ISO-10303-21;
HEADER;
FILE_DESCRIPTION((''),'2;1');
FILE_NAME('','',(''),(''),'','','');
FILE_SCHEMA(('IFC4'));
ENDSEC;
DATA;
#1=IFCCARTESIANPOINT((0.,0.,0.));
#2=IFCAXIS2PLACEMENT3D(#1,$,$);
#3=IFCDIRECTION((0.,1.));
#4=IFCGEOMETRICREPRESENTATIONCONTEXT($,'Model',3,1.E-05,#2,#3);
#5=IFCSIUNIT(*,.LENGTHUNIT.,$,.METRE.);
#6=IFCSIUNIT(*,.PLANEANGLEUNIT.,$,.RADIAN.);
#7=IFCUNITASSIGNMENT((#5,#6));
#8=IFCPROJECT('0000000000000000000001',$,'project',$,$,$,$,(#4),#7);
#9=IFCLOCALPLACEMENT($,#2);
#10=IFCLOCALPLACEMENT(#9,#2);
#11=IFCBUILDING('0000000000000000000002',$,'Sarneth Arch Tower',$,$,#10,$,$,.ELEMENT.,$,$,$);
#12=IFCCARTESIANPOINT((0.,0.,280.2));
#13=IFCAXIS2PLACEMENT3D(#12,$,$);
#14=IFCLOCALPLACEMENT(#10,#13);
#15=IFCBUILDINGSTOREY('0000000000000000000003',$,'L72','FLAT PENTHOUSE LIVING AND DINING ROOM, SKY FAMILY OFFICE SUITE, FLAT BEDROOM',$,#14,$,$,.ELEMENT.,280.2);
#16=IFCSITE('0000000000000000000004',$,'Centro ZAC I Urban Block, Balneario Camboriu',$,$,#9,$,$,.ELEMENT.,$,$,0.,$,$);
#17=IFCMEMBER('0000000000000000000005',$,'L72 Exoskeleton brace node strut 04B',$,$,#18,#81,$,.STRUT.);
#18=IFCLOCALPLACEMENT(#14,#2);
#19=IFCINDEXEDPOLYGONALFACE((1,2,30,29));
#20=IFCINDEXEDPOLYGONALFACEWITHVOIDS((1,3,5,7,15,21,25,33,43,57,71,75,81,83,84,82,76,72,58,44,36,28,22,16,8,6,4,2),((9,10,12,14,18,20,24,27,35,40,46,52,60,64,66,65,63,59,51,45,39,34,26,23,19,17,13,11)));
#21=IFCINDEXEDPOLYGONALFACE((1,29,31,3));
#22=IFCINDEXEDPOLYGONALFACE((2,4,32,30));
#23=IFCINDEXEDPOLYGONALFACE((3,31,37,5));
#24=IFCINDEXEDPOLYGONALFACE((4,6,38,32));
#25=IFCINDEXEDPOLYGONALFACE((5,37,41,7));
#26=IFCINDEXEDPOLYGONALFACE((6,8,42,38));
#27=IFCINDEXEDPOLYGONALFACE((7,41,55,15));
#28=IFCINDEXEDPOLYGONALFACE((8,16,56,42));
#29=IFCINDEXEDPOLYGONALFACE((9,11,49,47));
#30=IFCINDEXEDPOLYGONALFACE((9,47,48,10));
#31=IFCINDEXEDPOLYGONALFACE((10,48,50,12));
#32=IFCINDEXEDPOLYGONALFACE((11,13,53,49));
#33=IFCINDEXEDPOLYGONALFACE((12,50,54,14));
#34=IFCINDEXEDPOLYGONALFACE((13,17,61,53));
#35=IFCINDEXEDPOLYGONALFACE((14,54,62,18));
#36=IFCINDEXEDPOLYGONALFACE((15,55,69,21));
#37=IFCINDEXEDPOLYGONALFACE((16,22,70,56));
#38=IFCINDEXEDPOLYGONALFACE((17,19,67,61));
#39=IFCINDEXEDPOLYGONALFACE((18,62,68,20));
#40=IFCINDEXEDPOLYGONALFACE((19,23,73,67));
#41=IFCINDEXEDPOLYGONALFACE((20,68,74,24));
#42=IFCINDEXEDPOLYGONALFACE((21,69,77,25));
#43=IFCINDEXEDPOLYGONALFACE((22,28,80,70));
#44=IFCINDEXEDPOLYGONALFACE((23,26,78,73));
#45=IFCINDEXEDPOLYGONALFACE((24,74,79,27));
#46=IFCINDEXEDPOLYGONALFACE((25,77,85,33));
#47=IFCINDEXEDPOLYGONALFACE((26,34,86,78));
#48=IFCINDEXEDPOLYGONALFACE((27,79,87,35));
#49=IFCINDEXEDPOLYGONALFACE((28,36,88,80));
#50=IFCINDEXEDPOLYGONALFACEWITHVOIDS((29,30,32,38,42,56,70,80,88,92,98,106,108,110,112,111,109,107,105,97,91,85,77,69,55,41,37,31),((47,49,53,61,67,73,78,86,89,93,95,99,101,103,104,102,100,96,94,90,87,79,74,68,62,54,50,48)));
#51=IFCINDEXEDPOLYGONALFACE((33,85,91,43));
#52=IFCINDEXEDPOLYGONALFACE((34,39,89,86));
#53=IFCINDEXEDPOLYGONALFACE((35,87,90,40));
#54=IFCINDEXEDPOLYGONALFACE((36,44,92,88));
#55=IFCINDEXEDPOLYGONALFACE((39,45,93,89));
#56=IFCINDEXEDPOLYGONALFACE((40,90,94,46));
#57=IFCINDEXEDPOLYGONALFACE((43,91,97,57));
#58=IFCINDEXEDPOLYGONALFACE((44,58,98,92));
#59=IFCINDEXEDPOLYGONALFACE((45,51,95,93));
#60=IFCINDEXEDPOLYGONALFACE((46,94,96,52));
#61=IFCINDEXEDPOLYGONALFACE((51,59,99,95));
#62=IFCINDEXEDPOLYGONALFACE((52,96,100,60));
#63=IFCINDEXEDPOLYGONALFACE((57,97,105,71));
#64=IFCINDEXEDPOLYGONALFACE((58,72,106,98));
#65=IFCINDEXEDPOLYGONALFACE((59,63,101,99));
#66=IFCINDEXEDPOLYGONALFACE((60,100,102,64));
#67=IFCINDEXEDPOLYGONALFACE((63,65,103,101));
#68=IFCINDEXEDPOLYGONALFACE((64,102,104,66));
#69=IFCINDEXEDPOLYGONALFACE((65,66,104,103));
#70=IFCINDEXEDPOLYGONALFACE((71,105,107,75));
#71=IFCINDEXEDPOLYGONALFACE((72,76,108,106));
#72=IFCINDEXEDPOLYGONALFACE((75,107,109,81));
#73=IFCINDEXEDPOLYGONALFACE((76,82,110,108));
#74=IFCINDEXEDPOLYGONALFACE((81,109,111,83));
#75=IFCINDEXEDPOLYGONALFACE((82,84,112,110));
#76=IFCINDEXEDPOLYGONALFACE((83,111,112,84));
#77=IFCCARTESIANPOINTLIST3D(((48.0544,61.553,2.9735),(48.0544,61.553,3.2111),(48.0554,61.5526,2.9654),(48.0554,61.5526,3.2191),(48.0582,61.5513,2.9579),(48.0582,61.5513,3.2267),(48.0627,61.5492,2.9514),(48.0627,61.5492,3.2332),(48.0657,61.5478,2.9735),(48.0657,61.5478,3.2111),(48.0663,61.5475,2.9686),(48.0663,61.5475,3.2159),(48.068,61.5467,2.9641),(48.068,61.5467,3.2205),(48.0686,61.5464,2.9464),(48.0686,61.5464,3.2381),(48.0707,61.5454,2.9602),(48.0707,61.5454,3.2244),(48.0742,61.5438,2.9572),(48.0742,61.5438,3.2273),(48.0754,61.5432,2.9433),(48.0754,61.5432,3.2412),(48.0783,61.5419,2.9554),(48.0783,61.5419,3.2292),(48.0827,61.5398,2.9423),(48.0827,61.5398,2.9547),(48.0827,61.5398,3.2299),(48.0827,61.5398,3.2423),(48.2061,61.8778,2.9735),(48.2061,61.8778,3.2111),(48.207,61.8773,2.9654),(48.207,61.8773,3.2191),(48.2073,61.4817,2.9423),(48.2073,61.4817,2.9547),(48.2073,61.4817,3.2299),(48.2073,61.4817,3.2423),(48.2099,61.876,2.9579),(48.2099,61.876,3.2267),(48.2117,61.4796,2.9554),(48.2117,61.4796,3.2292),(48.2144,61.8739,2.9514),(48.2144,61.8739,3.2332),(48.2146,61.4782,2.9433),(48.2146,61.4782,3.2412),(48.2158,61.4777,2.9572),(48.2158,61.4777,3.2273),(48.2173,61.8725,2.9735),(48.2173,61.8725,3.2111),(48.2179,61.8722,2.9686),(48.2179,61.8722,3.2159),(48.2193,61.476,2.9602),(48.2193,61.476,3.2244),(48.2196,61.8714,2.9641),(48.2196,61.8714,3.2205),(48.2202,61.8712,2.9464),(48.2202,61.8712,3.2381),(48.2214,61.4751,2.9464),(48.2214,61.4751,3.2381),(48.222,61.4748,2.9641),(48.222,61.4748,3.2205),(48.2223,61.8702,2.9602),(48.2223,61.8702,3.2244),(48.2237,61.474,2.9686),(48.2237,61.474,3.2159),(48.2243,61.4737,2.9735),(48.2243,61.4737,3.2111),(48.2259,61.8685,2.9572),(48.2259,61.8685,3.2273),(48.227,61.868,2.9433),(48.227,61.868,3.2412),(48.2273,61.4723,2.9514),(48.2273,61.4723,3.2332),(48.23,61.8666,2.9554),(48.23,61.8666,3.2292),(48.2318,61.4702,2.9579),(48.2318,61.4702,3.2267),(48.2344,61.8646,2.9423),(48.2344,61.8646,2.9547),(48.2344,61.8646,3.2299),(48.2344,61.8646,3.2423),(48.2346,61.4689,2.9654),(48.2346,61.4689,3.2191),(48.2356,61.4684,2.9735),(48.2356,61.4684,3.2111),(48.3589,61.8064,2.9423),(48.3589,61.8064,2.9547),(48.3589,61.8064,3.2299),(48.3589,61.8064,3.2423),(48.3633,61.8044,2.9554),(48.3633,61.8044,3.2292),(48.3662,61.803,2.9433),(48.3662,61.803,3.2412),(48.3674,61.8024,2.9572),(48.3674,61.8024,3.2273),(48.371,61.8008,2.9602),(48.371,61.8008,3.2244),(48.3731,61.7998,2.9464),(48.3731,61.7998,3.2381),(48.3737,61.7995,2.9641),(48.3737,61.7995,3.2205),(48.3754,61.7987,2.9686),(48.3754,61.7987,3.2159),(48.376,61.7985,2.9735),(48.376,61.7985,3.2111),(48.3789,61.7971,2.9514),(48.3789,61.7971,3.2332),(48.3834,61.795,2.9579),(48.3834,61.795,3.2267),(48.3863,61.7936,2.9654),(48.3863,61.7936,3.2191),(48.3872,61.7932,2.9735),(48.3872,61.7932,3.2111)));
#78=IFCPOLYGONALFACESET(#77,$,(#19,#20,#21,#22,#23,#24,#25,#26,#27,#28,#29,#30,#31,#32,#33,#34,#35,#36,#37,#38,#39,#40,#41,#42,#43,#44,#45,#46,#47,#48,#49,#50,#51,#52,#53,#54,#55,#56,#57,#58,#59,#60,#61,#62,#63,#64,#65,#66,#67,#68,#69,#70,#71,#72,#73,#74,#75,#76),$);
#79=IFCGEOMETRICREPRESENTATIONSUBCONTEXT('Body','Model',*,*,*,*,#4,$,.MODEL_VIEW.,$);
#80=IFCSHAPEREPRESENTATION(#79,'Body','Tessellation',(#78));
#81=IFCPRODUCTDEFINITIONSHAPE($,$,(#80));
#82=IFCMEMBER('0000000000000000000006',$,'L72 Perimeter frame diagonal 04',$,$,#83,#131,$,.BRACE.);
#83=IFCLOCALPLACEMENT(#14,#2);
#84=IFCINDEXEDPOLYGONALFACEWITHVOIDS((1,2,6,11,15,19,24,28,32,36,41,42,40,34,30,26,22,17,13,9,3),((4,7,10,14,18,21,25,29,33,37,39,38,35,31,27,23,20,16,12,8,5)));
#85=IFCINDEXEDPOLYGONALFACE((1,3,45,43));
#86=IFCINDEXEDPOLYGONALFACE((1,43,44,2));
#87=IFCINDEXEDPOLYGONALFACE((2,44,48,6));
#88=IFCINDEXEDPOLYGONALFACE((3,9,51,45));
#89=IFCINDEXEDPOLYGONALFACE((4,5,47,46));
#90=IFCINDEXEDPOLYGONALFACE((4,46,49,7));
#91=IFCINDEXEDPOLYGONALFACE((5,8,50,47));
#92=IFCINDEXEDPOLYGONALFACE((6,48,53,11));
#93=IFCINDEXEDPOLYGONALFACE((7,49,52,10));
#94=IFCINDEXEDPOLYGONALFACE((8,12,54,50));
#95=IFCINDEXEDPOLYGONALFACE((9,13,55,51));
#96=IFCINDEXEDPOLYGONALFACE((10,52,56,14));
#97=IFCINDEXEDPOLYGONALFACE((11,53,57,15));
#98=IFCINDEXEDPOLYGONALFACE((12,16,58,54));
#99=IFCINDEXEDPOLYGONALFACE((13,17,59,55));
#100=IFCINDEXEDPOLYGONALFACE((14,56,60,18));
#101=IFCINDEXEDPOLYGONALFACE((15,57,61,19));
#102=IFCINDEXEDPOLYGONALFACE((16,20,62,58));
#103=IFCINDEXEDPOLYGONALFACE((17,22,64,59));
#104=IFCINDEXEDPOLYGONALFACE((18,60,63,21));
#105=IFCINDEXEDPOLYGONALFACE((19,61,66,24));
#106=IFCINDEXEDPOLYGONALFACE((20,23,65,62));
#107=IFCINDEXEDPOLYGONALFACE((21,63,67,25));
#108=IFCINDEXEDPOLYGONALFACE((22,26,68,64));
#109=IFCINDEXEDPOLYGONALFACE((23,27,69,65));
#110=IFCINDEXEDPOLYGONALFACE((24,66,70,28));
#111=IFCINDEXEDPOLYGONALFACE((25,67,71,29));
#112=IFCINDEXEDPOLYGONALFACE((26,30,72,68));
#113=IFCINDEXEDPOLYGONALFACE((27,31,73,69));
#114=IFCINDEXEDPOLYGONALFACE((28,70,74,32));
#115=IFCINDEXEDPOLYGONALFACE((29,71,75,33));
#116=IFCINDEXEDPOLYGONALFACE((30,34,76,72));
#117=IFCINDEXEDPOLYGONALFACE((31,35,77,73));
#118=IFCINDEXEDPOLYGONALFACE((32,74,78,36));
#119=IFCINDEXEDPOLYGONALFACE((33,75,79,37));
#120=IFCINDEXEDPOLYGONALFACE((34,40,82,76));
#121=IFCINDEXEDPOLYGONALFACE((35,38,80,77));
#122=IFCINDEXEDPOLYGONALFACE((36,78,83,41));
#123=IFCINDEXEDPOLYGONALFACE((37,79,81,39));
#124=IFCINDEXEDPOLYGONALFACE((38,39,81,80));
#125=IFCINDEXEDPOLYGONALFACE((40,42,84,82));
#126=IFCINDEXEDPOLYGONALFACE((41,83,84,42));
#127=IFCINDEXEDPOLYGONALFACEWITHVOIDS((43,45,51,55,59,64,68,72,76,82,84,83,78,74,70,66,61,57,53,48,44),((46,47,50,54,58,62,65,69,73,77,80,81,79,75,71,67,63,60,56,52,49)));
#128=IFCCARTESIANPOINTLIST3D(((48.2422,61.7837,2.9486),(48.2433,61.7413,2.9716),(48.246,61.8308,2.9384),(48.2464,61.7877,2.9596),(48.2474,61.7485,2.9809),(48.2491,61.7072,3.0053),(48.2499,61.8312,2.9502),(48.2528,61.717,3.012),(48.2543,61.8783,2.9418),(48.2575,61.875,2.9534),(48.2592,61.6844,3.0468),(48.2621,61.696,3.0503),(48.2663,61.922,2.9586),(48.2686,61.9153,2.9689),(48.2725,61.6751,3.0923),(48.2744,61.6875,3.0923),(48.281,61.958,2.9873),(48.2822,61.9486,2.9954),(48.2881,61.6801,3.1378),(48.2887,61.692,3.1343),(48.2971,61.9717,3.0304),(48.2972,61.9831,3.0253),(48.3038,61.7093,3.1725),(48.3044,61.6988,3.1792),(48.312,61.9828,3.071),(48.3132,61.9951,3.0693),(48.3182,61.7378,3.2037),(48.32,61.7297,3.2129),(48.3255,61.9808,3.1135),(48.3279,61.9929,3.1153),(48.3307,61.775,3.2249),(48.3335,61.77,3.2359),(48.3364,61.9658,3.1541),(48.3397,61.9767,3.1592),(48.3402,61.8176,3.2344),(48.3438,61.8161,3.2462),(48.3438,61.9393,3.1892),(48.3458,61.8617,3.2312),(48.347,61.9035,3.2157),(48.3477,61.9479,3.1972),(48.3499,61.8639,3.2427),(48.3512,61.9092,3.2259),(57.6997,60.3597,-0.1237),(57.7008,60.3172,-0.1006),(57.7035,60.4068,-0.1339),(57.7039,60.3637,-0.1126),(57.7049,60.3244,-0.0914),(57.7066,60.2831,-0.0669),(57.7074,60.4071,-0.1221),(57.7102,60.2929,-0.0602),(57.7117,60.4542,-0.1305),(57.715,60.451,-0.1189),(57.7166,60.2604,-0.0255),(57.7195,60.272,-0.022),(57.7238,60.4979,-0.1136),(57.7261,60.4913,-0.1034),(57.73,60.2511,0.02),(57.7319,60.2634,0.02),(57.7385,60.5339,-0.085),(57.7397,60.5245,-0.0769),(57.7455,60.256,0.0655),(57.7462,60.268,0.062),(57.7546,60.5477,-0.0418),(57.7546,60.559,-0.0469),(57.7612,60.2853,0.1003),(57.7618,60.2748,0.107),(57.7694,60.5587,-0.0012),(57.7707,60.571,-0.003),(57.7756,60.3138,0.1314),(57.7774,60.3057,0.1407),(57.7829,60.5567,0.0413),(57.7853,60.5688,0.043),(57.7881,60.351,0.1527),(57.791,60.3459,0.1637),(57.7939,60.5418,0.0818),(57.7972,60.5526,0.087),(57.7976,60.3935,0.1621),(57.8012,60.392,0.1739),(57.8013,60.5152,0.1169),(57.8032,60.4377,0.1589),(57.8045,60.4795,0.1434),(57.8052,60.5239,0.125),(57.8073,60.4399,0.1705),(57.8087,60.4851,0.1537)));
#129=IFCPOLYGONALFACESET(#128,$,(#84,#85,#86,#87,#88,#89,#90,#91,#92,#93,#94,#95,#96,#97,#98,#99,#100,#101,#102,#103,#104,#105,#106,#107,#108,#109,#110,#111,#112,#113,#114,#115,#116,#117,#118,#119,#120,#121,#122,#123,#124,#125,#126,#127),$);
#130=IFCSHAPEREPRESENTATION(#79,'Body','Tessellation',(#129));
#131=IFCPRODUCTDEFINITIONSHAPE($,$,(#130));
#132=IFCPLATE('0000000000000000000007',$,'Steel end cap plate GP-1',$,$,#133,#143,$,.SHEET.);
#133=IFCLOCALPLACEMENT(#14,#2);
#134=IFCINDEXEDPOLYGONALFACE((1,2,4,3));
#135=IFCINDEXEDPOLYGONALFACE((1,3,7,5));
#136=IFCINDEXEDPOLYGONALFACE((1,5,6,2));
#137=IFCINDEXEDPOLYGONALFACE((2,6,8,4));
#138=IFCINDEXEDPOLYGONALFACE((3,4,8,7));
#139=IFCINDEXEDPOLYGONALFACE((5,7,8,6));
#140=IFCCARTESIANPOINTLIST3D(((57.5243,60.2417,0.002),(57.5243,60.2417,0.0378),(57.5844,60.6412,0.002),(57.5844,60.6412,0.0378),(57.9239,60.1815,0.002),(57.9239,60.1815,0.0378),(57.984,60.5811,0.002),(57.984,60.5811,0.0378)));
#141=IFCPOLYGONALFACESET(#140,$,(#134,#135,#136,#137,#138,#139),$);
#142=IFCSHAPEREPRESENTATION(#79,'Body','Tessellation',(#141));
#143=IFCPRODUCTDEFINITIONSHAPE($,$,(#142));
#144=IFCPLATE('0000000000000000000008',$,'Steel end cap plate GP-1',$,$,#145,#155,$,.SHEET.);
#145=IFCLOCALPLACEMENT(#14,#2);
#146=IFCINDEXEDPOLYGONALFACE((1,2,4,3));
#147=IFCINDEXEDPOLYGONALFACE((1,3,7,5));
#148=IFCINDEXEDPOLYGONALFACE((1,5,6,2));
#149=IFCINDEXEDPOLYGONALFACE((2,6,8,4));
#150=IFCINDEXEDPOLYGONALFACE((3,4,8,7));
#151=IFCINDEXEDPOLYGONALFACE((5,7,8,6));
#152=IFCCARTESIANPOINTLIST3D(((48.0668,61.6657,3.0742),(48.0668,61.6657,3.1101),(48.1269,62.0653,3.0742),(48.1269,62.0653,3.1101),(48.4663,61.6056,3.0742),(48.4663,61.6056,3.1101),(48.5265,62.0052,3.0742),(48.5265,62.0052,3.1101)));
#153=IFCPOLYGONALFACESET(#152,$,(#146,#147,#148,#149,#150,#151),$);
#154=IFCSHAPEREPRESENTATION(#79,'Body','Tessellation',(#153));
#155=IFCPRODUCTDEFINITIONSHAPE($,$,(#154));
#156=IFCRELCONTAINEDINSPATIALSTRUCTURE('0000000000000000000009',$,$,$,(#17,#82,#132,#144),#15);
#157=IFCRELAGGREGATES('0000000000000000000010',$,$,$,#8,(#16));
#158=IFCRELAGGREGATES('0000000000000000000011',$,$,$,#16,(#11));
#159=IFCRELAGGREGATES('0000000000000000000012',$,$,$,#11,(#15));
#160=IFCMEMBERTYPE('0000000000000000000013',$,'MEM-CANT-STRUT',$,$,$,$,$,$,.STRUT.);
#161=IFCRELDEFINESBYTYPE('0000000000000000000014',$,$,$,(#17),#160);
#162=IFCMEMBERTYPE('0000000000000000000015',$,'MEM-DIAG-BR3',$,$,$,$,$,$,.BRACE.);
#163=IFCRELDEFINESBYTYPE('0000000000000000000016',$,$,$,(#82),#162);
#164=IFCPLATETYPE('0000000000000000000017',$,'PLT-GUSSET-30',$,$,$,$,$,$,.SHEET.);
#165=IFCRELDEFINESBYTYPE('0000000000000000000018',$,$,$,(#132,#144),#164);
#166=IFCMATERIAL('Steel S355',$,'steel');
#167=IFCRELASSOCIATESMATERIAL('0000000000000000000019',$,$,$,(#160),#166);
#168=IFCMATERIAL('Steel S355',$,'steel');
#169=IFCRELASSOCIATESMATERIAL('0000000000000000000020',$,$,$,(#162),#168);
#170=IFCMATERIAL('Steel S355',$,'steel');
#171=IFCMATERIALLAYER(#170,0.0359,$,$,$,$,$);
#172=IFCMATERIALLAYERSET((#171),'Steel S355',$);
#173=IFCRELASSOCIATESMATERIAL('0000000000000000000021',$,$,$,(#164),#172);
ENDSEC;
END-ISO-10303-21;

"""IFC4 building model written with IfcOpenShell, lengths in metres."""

from ifc_helpers import new_model, si_unit, direction, frame, origin, origin_2d, place, context, subcontext, project, spatial, rectangle, hollow_rectangle, hollow_circle, extrude, material, layer, layer_set, material_profile, profile_set, type_object, element, save


model = new_model("IFC4")

# Units and contexts
model_context = context("Model", 3, precision=1e-05, world=origin(), true_north=direction((0.0, 1.0)))
body_context = subcontext(model_context, "Body", "Model", "MODEL_VIEW")
ifc_project = project(units=[si_unit("LENGTHUNIT", "METRE"), si_unit("PLANEANGLEUNIT", "RADIAN")], contexts=[model_context])

# Site, building, storey
site_placement = place(None, origin())
site = spatial("IfcSite", under=ifc_project, at=site_placement, Name="Centro ZAC I Urban Block, Balneario Camboriu", CompositionType="ELEMENT", RefElevation=0.0)
building_placement = place(site_placement, origin())
building = spatial("IfcBuilding", under=site, at=building_placement, Name="Sarneth Arch Tower", CompositionType="ELEMENT")
storey_placement = place(building_placement, frame((0.0, 0.0, 280.2)))
storey = spatial("IfcBuildingStorey", under=building, at=storey_placement, Name="L72", Description="FLAT PENTHOUSE LIVING AND DINING ROOM, SKY FAMILY OFFICE SUITE, FLAT BEDROOM", CompositionType="ELEMENT", Elevation=280.2)

# Members
ifc_material_1 = material(Name="Steel S355", Category="steel")
ifc_material_profile_1 = material_profile(ifc_material_1, hollow_rectangle(XDim=0.2, YDim=0.3, WallThickness=0.0125, InnerFilletRadius=0.0188, OuterFilletRadius=0.0312, at=origin_2d()), Name="RHS300x200x12.5")
ifc_profile_set_1 = profile_set([ifc_material_profile_1], Name="Steel S355")
member_type_1 = type_object("IfcMemberType", Name="MEM-CANT-STRUT", PredefinedType="STRUT", material=ifc_profile_set_1)
member_1_placement = place(storey_placement, frame((48.145, 61.5107, 3.0923), z_axis=(0.423072, 0.906096, 0.0), x_axis=(-0.906096, 0.423072, 0.0)))
element("IfcMember", 1, at=member_1_placement, inside=storey, type_object=member_type_1, Name="L72 Exoskeleton brace node strut 04B", PredefinedType="STRUT", context=body_context, shape_type="SweptSolid", body=[
    extrude(hollow_rectangle(XDim=0.2, YDim=0.3, WallThickness=0.0125, InnerFilletRadius=0.0188, OuterFilletRadius=0.0312, at=origin_2d()), origin(), (0.0, 0.0, 1.0), 0.3584),
])
ifc_material_2 = material(Name="Steel S355", Category="steel")
ifc_material_profile_2 = material_profile(ifc_material_2, hollow_circle(Radius=0.1621, WallThickness=0.0125, at=origin_2d()), Name="CHS324x12.5")
ifc_profile_set_2 = profile_set([ifc_material_profile_2], Name="Steel S355")
member_type_2 = type_object("IfcMemberType", Name="MEM-DIAG-BR3", PredefinedType="BRACE", material=ifc_profile_set_2)
member_2_placement = place(storey_placement, frame((57.7542, 60.4114, 0.02), z_axis=(-0.941471, 0.141763, 0.305836), x_axis=(-0.148897, -0.988853, 0.0)))
element("IfcMember", 2, at=member_2_placement, inside=storey, type_object=member_type_2, Name="L72 Perimeter frame diagonal 04", PredefinedType="BRACE", context=body_context, shape_type="SweptSolid", body=[
    extrude(hollow_circle(Radius=0.1621, WallThickness=0.0125, at=origin_2d()), origin(), (0.0, 0.0, 1.0), 10.0454),
])

# Plates
ifc_material_3 = material(Name="Steel S355", Category="steel")
ifc_layer_1 = layer(ifc_material_3, 0.0359)
ifc_layer_set_1 = layer_set([ifc_layer_1], Name="Steel S355")
plate_type = type_object("IfcPlateType", Name="PLT-GUSSET-30", PredefinedType="SHEET", material=ifc_layer_set_1)
for number, where, z_axis, x_axis, name in (
    (3, (57.7542, 60.4114, 0.002), (0.0, 0.0, 1.0), (-0.988861, 0.148845, 0.0), "Steel end cap plate GP-1"),
    (4, (48.2966, 61.8354, 3.0742), (0.0, 0.0, 1.0), (-0.988861, 0.148845, 0.0), "Steel end cap plate GP-1"),
):
    element("IfcPlate", number, at=place(storey_placement, frame(where, z_axis=z_axis, x_axis=x_axis)), inside=storey, type_object=plate_type, Name=name, PredefinedType="SHEET", context=body_context, shape_type="SweptSolid", body=[
        extrude(rectangle(XDim=0.4041, YDim=0.4041, at=origin_2d()), origin(), (0.0, 0.0, 1.0), 0.0359),
    ])

save(model, "model.ifc")
